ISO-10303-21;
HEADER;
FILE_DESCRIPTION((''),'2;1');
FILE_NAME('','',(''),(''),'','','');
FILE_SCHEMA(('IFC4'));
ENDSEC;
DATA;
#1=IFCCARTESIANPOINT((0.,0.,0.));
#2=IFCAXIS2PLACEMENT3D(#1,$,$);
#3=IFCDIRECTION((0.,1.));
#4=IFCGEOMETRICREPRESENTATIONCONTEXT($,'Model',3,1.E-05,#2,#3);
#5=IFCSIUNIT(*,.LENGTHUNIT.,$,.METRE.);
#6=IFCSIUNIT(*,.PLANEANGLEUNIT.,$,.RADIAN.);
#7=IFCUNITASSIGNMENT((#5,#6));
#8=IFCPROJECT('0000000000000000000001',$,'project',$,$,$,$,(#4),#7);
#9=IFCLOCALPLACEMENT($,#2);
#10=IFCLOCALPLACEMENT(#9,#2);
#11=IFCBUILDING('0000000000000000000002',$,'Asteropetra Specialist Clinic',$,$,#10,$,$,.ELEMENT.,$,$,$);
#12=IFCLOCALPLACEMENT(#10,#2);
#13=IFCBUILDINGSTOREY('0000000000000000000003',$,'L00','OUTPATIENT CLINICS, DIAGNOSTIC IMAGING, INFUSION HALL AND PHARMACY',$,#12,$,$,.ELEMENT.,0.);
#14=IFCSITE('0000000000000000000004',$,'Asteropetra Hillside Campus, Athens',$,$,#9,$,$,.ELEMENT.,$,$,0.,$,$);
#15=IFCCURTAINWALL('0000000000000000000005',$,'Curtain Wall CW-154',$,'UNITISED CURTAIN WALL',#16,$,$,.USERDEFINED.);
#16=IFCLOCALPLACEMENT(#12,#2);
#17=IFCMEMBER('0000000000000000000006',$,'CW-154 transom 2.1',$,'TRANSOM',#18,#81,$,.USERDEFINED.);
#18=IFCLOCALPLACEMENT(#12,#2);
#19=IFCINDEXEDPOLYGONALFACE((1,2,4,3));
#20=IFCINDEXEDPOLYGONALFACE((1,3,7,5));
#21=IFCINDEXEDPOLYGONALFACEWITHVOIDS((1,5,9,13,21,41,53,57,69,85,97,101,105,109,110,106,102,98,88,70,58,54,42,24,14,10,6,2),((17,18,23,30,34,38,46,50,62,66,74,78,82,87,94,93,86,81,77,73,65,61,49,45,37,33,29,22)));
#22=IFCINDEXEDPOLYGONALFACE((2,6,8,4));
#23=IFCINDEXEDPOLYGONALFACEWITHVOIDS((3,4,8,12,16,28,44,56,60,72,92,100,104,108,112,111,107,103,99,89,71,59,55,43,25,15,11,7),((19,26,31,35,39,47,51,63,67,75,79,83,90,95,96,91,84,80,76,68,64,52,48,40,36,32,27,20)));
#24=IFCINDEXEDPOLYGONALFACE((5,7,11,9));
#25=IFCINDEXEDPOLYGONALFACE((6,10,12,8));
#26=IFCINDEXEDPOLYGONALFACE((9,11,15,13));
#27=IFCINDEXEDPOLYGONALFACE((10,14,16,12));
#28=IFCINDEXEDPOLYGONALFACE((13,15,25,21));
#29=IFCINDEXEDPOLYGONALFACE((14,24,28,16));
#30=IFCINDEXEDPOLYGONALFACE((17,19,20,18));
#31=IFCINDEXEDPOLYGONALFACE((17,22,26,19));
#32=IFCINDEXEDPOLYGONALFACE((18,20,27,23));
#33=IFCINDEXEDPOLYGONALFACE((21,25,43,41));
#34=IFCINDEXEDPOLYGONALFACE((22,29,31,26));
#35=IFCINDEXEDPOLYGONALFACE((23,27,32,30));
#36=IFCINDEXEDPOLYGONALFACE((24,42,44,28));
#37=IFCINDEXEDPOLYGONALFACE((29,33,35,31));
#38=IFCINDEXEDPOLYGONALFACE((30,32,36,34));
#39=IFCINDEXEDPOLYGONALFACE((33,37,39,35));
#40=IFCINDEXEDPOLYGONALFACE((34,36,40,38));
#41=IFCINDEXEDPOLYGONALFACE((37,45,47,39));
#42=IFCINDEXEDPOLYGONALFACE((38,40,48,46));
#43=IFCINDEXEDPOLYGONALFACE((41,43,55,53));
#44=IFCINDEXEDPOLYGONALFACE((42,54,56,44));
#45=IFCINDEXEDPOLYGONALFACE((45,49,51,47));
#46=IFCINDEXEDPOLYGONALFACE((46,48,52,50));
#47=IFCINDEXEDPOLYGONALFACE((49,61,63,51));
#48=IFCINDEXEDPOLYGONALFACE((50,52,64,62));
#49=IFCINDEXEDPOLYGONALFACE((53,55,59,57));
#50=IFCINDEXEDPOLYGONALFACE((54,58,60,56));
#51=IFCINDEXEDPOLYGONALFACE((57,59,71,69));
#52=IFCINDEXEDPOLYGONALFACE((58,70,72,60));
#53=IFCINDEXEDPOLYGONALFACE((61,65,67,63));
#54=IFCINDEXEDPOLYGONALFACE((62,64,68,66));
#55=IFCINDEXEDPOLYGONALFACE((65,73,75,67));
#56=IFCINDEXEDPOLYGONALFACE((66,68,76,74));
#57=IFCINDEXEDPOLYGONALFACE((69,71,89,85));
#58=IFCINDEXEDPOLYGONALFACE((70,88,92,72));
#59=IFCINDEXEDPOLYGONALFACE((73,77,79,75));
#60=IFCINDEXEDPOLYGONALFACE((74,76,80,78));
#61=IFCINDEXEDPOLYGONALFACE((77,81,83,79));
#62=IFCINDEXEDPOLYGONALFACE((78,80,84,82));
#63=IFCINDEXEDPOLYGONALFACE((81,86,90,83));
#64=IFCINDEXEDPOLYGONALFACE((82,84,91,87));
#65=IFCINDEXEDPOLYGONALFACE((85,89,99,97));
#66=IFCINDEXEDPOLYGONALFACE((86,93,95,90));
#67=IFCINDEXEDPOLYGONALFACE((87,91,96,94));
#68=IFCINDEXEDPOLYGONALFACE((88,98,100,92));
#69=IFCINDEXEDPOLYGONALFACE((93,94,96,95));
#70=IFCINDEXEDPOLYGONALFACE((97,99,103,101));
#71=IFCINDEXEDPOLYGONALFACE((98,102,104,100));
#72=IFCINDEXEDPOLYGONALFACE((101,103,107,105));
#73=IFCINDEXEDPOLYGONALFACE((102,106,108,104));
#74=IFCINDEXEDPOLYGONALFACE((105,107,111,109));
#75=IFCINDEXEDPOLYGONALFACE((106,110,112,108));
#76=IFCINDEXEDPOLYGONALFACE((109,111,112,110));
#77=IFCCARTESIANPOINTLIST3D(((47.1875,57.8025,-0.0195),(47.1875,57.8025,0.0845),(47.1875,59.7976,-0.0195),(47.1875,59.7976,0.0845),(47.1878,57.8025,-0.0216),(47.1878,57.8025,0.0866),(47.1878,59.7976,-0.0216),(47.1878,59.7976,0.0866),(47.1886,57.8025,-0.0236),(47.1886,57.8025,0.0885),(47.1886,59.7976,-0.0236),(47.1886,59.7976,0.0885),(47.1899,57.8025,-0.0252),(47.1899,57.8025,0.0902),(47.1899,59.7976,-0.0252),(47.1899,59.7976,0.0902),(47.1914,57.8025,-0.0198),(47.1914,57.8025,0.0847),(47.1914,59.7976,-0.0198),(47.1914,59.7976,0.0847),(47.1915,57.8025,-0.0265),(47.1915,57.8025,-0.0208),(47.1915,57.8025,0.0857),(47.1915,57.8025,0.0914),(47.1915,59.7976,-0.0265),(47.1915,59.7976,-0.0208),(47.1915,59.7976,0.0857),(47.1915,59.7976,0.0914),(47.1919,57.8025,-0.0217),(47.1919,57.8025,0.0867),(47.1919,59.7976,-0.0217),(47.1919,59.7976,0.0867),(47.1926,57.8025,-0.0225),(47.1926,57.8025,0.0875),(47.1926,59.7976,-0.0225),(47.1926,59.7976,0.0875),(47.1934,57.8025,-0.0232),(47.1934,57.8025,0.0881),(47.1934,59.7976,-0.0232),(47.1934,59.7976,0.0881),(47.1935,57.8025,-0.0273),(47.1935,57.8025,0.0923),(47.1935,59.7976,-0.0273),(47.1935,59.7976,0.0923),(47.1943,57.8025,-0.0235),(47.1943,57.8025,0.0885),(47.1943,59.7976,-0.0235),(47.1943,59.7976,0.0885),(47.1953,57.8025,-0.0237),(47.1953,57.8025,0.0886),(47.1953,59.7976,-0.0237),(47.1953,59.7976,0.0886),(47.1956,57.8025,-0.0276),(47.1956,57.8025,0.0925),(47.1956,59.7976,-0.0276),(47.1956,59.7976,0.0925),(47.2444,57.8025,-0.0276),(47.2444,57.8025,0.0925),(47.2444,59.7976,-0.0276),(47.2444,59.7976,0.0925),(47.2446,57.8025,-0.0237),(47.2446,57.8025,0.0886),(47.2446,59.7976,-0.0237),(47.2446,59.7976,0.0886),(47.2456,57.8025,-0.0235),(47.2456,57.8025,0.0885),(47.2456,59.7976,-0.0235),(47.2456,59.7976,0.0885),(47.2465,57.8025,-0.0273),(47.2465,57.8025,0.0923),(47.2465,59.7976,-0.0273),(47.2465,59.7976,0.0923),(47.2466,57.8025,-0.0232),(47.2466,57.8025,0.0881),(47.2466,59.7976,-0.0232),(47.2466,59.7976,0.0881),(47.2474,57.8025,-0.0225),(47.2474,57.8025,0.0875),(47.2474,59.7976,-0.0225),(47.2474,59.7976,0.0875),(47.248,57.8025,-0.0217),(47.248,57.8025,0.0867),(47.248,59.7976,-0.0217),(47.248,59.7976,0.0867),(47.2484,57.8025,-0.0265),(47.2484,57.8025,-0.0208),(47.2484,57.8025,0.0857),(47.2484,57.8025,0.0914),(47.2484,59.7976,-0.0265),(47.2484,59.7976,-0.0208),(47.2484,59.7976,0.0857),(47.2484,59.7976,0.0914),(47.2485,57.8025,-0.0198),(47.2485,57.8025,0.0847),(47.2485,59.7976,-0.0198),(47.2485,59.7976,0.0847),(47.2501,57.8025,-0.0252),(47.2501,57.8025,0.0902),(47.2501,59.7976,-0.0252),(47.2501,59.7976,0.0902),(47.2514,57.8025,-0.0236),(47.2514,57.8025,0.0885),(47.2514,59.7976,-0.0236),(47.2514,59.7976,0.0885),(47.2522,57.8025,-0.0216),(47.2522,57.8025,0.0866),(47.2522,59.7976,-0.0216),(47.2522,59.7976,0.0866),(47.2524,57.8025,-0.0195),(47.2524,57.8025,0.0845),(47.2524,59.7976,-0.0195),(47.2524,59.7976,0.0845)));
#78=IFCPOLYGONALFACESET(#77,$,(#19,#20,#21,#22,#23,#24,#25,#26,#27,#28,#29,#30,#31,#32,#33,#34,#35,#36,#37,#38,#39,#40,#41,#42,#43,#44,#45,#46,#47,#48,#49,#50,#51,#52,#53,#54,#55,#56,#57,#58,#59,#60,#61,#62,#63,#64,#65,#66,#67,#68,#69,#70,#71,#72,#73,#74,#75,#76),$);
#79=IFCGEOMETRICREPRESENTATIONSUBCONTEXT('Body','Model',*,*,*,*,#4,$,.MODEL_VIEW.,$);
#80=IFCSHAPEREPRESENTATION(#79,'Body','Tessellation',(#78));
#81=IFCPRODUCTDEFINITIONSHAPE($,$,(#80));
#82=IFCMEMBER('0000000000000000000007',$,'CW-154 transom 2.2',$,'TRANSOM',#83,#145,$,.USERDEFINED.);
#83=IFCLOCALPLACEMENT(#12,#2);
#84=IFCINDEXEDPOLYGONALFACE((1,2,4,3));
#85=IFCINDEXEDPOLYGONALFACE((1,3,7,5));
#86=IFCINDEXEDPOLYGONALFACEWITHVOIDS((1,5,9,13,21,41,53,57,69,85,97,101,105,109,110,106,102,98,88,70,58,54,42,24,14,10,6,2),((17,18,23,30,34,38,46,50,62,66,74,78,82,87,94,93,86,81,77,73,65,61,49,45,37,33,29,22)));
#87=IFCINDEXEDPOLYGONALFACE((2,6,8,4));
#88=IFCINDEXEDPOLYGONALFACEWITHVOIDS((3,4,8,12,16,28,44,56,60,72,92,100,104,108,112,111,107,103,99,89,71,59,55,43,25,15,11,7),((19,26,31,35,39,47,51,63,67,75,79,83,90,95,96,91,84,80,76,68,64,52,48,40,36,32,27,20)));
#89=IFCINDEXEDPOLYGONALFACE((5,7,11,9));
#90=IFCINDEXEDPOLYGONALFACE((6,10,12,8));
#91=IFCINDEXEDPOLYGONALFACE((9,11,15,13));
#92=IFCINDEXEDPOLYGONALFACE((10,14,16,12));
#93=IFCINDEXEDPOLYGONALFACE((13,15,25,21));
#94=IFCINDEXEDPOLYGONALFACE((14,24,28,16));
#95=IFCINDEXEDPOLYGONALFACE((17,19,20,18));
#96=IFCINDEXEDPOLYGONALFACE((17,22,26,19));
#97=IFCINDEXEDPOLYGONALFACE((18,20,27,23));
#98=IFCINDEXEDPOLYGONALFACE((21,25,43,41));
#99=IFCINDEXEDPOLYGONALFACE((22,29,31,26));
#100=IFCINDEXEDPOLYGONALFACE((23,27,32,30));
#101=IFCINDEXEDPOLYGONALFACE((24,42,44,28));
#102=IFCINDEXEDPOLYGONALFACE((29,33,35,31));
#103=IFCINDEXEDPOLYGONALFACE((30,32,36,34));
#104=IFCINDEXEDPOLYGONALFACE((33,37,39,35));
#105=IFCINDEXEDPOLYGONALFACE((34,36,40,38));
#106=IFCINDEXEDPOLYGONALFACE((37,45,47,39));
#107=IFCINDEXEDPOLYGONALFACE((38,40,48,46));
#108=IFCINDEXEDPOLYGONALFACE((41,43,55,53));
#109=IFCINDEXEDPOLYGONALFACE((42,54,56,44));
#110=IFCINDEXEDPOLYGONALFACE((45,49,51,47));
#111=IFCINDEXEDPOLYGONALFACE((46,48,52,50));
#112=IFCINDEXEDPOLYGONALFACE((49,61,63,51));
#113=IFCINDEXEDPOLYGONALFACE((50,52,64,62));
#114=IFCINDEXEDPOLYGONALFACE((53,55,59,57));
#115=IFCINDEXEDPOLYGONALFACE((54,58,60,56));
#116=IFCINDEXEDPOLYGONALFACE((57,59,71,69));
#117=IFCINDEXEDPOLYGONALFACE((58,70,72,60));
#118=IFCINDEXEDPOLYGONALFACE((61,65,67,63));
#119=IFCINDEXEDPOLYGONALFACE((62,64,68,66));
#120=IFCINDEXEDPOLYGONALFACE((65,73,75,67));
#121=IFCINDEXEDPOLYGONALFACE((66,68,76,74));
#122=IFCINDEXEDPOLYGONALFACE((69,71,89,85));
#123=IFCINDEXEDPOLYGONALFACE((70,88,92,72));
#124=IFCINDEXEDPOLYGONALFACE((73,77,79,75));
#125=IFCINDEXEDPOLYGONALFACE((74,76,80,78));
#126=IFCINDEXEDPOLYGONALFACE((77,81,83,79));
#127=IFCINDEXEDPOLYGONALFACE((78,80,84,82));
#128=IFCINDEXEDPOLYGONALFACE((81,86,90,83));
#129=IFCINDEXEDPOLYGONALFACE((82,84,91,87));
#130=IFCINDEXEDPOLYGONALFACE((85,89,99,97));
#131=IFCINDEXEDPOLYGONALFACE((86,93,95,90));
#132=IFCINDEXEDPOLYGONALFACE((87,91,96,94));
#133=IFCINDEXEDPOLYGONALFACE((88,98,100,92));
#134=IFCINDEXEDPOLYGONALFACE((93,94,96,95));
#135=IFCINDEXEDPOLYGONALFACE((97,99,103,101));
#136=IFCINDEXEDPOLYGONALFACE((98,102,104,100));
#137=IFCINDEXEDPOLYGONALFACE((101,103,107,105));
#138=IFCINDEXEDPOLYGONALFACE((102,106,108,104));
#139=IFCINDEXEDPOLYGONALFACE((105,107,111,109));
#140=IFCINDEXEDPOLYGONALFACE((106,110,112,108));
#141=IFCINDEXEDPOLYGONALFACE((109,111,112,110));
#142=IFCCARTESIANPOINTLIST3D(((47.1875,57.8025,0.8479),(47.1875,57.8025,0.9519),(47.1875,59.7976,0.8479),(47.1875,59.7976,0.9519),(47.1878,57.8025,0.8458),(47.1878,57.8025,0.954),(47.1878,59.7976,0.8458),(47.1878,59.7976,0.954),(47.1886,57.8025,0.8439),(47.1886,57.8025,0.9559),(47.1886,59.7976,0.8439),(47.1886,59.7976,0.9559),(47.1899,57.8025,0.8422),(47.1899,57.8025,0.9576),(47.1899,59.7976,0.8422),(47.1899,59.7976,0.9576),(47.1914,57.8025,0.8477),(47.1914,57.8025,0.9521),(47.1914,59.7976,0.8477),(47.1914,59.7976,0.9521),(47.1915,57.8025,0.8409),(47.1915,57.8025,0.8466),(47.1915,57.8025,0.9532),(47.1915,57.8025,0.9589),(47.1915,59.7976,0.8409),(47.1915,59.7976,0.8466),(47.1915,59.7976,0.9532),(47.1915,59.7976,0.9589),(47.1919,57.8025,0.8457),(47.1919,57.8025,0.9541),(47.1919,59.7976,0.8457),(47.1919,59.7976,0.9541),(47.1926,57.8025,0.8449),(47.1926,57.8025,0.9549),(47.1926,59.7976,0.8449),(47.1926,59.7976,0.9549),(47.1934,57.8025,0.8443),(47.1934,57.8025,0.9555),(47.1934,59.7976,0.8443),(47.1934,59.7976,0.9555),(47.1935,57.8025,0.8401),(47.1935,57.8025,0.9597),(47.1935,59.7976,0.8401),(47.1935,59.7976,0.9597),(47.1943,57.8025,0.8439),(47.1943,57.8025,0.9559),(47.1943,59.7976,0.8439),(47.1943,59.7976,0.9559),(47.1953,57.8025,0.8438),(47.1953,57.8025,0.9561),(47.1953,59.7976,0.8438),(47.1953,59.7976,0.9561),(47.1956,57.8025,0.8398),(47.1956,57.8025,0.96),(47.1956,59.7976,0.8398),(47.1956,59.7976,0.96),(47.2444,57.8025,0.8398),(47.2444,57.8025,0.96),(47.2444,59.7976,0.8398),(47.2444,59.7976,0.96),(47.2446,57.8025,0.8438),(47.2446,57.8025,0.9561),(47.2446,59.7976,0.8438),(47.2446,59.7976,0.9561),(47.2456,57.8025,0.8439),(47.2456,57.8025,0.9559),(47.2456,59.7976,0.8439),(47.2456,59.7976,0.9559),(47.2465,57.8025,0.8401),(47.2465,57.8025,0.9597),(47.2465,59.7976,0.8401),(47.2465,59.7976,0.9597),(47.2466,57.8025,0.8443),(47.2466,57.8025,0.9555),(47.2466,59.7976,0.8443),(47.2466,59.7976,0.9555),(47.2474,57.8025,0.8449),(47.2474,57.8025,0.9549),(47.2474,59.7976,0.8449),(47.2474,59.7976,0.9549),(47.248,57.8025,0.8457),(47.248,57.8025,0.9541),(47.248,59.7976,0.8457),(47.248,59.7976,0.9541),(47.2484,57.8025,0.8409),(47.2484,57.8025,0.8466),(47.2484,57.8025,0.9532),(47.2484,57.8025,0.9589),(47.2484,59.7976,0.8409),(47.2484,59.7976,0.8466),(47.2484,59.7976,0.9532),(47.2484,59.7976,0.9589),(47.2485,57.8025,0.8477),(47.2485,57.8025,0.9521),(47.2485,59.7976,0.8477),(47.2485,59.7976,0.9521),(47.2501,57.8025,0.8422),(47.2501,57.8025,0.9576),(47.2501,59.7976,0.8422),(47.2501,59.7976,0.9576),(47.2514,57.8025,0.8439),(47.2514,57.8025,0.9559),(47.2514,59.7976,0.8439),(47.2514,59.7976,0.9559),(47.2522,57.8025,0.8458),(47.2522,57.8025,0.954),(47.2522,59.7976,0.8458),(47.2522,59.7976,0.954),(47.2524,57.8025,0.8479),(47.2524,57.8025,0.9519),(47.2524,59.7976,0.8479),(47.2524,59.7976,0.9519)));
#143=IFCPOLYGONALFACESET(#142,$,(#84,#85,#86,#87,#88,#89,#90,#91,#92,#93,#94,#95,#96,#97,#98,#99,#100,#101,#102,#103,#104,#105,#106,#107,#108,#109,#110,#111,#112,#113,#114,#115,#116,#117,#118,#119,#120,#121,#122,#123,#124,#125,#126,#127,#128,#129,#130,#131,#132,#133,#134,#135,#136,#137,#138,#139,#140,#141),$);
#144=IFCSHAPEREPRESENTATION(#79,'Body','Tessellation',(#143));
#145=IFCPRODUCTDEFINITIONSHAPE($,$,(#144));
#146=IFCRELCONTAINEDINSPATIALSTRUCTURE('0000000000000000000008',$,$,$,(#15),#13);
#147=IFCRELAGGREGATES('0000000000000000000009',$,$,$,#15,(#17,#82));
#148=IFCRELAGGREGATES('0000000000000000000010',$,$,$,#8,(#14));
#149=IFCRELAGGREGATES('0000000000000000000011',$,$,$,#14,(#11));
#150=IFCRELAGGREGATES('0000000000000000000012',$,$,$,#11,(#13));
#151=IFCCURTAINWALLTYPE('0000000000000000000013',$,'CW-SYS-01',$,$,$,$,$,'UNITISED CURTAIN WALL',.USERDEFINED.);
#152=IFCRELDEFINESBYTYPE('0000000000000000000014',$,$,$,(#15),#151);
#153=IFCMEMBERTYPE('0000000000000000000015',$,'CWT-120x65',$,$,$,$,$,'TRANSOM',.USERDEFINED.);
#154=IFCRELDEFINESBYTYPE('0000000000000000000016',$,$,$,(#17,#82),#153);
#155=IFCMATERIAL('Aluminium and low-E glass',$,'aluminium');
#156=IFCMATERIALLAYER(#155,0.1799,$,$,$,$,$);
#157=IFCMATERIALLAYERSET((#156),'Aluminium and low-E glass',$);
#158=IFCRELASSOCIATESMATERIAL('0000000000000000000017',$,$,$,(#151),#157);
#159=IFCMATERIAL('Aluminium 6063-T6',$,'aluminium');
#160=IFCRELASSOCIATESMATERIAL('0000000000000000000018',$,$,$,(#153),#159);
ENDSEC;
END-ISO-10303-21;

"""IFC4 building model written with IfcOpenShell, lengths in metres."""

from ifc_helpers import new_model, si_unit, direction, frame, origin, origin_2d, place, context, subcontext, project, spatial, hollow_rectangle, extrude, material, layer, layer_set, material_profile, profile_set, type_object, element, aggregate, save


model = new_model("IFC4")

# Units and contexts
model_context = context("Model", 3, precision=1e-05, world=origin(), true_north=direction((0.0, 1.0)))
body_context = subcontext(model_context, "Body", "Model", "MODEL_VIEW")
ifc_project = project(units=[si_unit("LENGTHUNIT", "METRE"), si_unit("PLANEANGLEUNIT", "RADIAN")], contexts=[model_context])

# Site, building, storey
site_placement = place(None, origin())
site = spatial("IfcSite", under=ifc_project, at=site_placement, Name="Asteropetra Hillside Campus, Athens", CompositionType="ELEMENT", RefElevation=0.0)
building_placement = place(site_placement, origin())
building = spatial("IfcBuilding", under=site, at=building_placement, Name="Asteropetra Specialist Clinic", CompositionType="ELEMENT")
storey_placement = place(building_placement, origin())
storey = spatial("IfcBuildingStorey", under=building, at=storey_placement, Name="L00", Description="OUTPATIENT CLINICS, DIAGNOSTIC IMAGING, INFUSION HALL AND PHARMACY", CompositionType="ELEMENT", Elevation=0.0)

# Curtain wall, members
ifc_material_1 = material(Name="Aluminium and low-E glass", Category="aluminium")
ifc_layer_1 = layer(ifc_material_1, 0.1799)
ifc_layer_set_1 = layer_set([ifc_layer_1], Name="Aluminium and low-E glass")
curtain_wall_type = type_object("IfcCurtainWallType", Name="CW-SYS-01", ElementType="UNITISED CURTAIN WALL", PredefinedType="USERDEFINED", material=ifc_layer_set_1)
curtain_wall_placement = place(storey_placement, origin())
curtain_wall = element("IfcCurtainWall", 1, at=curtain_wall_placement, inside=storey, type_object=curtain_wall_type, Name="Curtain Wall CW-154", ObjectType="UNITISED CURTAIN WALL", PredefinedType="USERDEFINED")
ifc_material_2 = material(Name="Aluminium 6063-T6", Category="aluminium")
ifc_material_profile_1 = material_profile(ifc_material_2, hollow_rectangle(XDim=0.0649, YDim=0.1201, WallThickness=0.0039, InnerFilletRadius=0.0039, OuterFilletRadius=0.0081, at=origin_2d()), Name="TRN 120x65x4.0")
ifc_profile_set_1 = profile_set([ifc_material_profile_1], Name="Aluminium 6063-T6")
member_type_1 = type_object("IfcMemberType", Name="CWT-120x65", ElementType="TRANSOM", PredefinedType="USERDEFINED", material=ifc_profile_set_1)
member_1_placement = place(storey_placement, frame((47.22, 57.8025, 0.0325), z_axis=(0.0, 1.0, 0.0), x_axis=(-1.0, 0.0, 0.0)))
member_1 = element("IfcMember", 2, at=member_1_placement, type_object=member_type_1, Name="CW-154 transom 2.1", ObjectType="TRANSOM", PredefinedType="USERDEFINED", context=body_context, shape_type="SweptSolid", body=[
    extrude(hollow_rectangle(XDim=0.0649, YDim=0.1201, WallThickness=0.0039, InnerFilletRadius=0.0039, OuterFilletRadius=0.0081, at=origin_2d()), origin(), (0.0, 0.0, 1.0), 1.9951),
])
member_2_placement = place(storey_placement, frame((47.22, 57.8025, 0.8999), z_axis=(0.0, 1.0, 0.0), x_axis=(-1.0, 0.0, 0.0)))
member_2 = element("IfcMember", 3, at=member_2_placement, type_object=member_type_1, Name="CW-154 transom 2.2", ObjectType="TRANSOM", PredefinedType="USERDEFINED", context=body_context, shape_type="SweptSolid", body=[
    extrude(hollow_rectangle(XDim=0.0649, YDim=0.1201, WallThickness=0.0039, InnerFilletRadius=0.0039, OuterFilletRadius=0.0081, at=origin_2d()), origin(), (0.0, 0.0, 1.0), 1.9951),
])

aggregate(curtain_wall, [member_1, member_2])

save(model, "model.ifc")
